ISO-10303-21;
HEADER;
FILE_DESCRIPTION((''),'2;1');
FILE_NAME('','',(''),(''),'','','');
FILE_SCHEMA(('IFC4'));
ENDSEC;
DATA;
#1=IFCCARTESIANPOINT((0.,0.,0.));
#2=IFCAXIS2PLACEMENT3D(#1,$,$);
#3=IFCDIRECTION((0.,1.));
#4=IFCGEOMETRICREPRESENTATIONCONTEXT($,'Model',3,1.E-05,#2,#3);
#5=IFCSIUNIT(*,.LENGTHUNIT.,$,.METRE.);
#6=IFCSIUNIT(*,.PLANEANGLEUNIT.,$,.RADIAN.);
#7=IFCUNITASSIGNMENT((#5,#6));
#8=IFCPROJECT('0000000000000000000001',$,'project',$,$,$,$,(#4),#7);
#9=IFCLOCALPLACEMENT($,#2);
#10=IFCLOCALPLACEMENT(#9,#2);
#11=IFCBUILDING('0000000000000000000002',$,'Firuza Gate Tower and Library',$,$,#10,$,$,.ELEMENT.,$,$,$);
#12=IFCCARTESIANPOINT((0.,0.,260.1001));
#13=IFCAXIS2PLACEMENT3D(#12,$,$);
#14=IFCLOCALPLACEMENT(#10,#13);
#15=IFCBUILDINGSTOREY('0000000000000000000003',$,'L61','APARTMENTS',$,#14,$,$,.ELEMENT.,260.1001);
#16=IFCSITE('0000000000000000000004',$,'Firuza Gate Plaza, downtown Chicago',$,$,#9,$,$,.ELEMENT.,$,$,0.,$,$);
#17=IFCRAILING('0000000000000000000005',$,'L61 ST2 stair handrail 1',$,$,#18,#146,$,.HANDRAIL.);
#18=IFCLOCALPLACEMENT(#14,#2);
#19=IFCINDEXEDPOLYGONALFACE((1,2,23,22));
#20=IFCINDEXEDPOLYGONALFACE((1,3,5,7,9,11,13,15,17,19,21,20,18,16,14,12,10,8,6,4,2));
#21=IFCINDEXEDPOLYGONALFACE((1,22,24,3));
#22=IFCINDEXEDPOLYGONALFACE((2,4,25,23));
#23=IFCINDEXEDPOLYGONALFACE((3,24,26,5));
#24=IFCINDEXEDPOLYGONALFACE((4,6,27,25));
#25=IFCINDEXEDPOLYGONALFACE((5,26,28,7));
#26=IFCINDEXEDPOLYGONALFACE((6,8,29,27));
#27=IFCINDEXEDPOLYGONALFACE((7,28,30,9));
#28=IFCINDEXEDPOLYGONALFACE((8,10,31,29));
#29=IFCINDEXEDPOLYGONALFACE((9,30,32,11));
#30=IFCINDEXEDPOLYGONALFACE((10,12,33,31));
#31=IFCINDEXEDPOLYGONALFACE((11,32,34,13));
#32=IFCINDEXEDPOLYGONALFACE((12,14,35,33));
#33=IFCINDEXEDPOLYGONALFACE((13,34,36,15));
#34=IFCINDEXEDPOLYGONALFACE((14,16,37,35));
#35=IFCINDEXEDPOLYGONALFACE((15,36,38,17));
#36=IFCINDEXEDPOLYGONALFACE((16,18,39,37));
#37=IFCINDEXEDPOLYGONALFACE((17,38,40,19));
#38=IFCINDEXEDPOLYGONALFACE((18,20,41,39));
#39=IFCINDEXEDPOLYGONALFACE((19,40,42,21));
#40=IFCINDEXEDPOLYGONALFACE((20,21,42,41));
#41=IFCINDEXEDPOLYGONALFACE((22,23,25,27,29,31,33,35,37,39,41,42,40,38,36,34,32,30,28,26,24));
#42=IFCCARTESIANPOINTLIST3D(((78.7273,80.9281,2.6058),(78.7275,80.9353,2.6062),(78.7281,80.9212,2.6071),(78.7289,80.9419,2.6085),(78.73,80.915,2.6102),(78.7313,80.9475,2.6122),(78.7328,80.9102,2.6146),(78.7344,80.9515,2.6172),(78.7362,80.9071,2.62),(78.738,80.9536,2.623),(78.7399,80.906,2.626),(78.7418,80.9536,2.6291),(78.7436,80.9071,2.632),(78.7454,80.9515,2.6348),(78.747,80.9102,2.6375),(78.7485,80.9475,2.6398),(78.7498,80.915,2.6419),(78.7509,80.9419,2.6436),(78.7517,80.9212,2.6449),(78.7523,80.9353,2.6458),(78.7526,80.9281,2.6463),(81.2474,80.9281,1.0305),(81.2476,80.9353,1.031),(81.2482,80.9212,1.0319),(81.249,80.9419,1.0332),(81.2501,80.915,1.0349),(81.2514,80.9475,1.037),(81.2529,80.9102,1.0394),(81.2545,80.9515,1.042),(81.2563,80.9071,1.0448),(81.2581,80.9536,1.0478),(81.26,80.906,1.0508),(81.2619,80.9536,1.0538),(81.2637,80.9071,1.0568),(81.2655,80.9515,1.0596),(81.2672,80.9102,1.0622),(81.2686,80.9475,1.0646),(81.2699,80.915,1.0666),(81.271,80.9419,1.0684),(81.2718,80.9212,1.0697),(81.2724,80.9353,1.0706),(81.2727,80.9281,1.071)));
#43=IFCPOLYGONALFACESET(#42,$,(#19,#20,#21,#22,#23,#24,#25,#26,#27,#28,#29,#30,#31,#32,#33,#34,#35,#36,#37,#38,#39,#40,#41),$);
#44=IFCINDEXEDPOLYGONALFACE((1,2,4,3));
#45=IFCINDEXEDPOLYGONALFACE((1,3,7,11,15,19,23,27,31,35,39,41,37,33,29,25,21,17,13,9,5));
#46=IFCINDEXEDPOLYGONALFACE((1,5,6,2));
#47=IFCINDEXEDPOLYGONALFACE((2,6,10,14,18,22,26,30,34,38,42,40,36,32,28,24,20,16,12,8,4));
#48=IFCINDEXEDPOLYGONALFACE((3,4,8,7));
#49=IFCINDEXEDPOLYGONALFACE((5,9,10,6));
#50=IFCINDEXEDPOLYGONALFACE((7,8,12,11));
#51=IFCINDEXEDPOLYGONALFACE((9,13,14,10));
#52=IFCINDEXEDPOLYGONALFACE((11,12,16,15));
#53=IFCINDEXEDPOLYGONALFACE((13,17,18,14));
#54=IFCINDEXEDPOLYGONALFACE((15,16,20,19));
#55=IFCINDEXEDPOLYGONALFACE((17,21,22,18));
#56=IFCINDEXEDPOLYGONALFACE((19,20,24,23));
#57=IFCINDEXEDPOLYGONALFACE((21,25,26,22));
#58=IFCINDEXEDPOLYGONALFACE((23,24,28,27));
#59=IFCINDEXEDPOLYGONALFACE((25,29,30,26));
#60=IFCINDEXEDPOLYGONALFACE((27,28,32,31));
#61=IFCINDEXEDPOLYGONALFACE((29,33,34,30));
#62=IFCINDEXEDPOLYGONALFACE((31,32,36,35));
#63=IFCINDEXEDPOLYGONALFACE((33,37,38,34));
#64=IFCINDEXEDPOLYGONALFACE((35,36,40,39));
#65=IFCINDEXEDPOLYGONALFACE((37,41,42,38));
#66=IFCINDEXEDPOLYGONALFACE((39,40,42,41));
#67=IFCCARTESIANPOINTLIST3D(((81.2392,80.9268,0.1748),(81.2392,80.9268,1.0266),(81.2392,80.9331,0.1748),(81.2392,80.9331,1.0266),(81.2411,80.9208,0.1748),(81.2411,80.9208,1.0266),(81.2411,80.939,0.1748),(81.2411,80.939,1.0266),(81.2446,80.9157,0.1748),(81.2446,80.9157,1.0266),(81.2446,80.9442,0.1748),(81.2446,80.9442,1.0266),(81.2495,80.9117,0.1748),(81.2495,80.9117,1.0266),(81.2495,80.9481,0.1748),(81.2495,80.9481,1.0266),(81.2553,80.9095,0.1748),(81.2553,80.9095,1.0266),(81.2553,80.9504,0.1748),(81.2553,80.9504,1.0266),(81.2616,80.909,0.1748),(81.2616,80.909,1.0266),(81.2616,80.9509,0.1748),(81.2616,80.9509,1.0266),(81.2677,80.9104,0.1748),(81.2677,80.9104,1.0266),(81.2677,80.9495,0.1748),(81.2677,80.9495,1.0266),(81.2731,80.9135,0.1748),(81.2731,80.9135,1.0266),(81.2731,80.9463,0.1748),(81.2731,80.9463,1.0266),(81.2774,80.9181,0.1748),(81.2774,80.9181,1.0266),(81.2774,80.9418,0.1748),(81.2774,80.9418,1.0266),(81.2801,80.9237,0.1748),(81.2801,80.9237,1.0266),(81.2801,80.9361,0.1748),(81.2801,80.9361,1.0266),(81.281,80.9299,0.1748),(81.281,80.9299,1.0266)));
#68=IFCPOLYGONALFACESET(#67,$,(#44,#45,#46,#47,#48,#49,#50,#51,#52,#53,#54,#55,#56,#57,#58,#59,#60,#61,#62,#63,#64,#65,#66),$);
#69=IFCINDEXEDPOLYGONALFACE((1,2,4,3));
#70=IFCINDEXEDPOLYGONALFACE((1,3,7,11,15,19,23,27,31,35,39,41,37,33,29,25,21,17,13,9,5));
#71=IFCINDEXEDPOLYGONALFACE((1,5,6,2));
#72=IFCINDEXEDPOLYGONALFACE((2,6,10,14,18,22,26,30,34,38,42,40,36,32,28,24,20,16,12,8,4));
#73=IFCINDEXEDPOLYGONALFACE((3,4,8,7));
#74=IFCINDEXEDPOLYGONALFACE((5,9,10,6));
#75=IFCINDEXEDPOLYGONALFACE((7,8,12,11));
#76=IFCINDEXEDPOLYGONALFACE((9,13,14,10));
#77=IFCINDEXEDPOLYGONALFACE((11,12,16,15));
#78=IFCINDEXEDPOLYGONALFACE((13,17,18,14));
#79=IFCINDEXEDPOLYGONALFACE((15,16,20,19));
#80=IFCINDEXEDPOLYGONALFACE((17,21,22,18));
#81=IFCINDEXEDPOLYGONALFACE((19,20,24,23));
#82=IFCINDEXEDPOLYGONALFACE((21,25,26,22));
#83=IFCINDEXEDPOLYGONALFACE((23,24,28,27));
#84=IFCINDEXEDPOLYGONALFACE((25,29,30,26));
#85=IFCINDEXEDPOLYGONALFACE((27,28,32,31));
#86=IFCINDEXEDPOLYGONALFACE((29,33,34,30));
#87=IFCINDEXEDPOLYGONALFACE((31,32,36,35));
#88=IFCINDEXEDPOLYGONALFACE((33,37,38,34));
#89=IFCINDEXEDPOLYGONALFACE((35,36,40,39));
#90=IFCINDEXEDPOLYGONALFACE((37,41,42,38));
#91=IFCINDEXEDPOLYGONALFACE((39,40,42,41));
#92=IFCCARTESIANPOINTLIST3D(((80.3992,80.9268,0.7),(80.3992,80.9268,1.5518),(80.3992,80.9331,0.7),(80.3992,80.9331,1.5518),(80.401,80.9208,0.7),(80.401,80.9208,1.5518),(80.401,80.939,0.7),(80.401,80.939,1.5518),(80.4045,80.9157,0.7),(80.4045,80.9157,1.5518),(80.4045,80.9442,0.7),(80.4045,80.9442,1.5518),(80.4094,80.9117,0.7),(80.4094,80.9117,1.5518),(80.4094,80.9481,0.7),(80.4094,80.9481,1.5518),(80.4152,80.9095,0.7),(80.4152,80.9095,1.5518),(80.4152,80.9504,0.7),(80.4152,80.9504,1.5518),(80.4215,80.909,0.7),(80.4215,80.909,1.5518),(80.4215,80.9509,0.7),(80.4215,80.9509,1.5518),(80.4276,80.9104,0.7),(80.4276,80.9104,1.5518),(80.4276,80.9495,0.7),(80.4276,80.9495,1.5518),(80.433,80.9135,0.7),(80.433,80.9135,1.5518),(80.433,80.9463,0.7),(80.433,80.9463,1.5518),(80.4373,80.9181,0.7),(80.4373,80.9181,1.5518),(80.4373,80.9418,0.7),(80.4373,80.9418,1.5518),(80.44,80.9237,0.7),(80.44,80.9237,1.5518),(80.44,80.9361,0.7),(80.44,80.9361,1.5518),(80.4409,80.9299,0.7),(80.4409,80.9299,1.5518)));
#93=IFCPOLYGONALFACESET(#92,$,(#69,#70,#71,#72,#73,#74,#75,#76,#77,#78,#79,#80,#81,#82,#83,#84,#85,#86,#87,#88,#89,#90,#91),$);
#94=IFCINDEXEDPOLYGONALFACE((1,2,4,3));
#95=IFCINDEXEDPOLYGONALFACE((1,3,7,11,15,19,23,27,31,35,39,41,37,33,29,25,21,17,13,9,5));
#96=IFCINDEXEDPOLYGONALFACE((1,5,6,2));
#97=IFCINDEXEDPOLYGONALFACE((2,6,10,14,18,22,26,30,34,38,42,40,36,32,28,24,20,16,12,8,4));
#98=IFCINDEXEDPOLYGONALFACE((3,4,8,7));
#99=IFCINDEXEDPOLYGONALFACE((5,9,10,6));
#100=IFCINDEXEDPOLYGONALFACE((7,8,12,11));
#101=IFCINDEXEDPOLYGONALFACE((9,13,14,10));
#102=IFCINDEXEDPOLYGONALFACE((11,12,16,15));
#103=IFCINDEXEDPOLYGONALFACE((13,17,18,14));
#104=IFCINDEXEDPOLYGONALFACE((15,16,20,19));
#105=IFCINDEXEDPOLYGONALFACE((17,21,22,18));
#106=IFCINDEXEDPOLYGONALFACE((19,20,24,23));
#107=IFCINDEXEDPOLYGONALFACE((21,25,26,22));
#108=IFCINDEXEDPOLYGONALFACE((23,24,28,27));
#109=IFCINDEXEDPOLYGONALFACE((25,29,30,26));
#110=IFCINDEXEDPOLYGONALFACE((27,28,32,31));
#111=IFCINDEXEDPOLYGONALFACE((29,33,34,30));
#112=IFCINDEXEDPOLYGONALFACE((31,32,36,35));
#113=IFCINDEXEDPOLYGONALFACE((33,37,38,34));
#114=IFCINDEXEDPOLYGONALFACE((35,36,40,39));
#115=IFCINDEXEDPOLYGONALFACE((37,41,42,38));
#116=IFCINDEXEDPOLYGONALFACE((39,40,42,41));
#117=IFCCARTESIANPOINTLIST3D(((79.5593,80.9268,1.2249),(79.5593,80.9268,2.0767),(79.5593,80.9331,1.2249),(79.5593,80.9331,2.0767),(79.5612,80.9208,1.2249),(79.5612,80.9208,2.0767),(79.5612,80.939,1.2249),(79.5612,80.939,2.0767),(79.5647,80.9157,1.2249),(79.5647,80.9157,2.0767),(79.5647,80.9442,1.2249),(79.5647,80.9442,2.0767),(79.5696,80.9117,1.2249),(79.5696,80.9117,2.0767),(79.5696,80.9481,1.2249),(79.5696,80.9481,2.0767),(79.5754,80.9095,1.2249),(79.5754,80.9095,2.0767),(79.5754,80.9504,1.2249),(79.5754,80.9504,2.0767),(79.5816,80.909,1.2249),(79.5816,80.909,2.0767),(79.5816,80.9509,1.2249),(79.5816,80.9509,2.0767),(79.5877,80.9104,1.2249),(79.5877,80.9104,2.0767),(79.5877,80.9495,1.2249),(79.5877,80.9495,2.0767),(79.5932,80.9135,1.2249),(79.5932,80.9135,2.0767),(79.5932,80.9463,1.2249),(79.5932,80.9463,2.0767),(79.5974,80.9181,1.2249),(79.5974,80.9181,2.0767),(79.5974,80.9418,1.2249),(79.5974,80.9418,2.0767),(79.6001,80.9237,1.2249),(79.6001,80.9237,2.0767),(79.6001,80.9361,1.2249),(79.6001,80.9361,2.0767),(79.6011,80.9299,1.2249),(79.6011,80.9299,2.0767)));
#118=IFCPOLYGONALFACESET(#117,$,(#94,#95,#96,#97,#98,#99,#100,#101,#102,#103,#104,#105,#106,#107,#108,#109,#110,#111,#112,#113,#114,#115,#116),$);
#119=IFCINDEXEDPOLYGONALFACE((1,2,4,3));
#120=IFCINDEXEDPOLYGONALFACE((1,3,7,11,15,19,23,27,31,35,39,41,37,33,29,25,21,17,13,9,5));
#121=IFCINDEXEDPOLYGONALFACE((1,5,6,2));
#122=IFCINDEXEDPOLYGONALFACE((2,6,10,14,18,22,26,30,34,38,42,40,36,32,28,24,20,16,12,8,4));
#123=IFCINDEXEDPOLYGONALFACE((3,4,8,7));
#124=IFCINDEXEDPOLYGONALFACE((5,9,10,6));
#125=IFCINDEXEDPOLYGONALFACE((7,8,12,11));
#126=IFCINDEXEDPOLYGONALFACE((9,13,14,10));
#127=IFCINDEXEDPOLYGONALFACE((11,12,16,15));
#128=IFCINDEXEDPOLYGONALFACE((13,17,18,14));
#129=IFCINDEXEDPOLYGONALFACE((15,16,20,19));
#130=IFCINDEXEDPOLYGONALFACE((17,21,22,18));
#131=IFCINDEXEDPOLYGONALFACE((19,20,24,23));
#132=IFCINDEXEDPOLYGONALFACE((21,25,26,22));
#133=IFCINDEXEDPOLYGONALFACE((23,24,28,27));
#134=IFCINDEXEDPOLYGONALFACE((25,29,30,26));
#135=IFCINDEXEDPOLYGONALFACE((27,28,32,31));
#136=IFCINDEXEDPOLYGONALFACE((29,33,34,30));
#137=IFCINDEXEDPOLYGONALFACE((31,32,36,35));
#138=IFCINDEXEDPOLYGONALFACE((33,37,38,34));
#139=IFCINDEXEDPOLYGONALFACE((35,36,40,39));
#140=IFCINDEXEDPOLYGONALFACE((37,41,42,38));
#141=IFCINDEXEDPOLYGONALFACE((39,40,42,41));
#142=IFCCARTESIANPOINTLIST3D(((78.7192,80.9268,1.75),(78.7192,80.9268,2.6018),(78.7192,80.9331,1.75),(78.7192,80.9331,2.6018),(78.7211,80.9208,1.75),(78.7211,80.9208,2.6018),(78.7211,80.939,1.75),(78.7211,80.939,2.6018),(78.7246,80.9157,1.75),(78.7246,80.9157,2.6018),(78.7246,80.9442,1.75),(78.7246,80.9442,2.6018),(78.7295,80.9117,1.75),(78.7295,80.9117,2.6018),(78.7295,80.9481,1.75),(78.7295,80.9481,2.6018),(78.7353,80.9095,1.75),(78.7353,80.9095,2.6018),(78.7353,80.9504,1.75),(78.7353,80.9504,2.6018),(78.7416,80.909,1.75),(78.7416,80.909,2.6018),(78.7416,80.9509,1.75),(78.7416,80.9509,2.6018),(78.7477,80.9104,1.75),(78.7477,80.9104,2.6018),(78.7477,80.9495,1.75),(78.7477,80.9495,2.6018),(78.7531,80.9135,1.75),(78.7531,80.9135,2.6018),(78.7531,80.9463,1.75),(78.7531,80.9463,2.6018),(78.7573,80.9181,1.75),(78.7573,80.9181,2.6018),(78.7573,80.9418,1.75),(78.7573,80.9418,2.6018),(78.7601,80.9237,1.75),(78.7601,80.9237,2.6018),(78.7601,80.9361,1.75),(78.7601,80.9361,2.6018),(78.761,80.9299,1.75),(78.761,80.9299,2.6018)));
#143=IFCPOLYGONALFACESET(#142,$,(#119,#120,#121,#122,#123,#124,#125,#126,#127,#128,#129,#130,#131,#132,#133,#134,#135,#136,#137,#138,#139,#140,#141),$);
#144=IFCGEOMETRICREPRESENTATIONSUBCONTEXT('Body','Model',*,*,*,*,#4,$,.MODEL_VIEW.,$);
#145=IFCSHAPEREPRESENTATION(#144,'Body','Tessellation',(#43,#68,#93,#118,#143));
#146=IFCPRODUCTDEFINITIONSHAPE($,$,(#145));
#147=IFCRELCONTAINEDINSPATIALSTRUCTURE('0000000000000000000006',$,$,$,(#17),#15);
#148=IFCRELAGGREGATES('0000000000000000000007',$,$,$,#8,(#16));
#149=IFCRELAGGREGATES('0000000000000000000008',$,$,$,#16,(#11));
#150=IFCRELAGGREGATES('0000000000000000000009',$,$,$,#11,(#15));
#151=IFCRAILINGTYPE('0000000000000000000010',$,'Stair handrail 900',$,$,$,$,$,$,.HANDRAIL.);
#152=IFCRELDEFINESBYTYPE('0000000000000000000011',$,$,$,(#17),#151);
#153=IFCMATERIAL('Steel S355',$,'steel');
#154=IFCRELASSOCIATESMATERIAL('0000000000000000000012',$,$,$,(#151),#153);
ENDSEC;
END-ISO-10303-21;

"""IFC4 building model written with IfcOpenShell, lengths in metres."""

from ifc_helpers import new_model, si_unit, direction, frame, origin, origin_2d, place, context, subcontext, project, spatial, circle, extrude, material, type_object, element, save


model = new_model("IFC4")

# Units and contexts
model_context = context("Model", 3, precision=1e-05, world=origin(), true_north=direction((0.0, 1.0)))
body_context = subcontext(model_context, "Body", "Model", "MODEL_VIEW")
ifc_project = project(units=[si_unit("LENGTHUNIT", "METRE"), si_unit("PLANEANGLEUNIT", "RADIAN")], contexts=[model_context])

# Site, building, storey
site_placement = place(None, origin())
site = spatial("IfcSite", under=ifc_project, at=site_placement, Name="Firuza Gate Plaza, downtown Chicago", CompositionType="ELEMENT", RefElevation=0.0)
building_placement = place(site_placement, origin())
building = spatial("IfcBuilding", under=site, at=building_placement, Name="Firuza Gate Tower and Library", CompositionType="ELEMENT")
storey_placement = place(building_placement, frame((0.0, 0.0, 260.1001)))
storey = spatial("IfcBuildingStorey", under=building, at=storey_placement, Name="L61", Description="APARTMENTS", CompositionType="ELEMENT", Elevation=260.1001)

# Railing
ifc_material_1 = material(Name="Steel S355", Category="steel")
railing_type_1 = type_object("IfcRailingType", Name="Stair handrail 900", PredefinedType="HANDRAIL", material=ifc_material_1)
railing_1_placement = place(storey_placement, frame((81.26, 80.9299, 0.1748)))
element("IfcRailing", 1, at=railing_1_placement, inside=storey, type_object=railing_type_1, Name="L61 ST2 stair handrail 1", PredefinedType="HANDRAIL", context=body_context, shape_type="SweptSolid", body=[
    extrude(circle(Radius=0.0239, at=origin_2d()), frame((0.0, 0.0, 0.876), z_axis=(-0.847971, 0.0, 0.530043), x_axis=(0.0, -1.0, 0.0)), (0.0, 0.0, 1.0), 2.9719),
    extrude(circle(Radius=0.021, at=origin_2d()), origin(), (0.0, 0.0, 1.0), 0.8518),
    extrude(circle(Radius=0.021, at=origin_2d()), frame((-0.8401, 0.0, 0.5251)), (0.0, 0.0, 1.0), 0.8518),
    extrude(circle(Radius=0.021, at=origin_2d()), frame((-1.6799, 0.0, 1.05)), (0.0, 0.0, 1.0), 0.8518),
    extrude(circle(Radius=0.021, at=origin_2d()), frame((-2.52, 0.0, 1.5752)), (0.0, 0.0, 1.0), 0.8518),
])

save(model, "model.ifc")
